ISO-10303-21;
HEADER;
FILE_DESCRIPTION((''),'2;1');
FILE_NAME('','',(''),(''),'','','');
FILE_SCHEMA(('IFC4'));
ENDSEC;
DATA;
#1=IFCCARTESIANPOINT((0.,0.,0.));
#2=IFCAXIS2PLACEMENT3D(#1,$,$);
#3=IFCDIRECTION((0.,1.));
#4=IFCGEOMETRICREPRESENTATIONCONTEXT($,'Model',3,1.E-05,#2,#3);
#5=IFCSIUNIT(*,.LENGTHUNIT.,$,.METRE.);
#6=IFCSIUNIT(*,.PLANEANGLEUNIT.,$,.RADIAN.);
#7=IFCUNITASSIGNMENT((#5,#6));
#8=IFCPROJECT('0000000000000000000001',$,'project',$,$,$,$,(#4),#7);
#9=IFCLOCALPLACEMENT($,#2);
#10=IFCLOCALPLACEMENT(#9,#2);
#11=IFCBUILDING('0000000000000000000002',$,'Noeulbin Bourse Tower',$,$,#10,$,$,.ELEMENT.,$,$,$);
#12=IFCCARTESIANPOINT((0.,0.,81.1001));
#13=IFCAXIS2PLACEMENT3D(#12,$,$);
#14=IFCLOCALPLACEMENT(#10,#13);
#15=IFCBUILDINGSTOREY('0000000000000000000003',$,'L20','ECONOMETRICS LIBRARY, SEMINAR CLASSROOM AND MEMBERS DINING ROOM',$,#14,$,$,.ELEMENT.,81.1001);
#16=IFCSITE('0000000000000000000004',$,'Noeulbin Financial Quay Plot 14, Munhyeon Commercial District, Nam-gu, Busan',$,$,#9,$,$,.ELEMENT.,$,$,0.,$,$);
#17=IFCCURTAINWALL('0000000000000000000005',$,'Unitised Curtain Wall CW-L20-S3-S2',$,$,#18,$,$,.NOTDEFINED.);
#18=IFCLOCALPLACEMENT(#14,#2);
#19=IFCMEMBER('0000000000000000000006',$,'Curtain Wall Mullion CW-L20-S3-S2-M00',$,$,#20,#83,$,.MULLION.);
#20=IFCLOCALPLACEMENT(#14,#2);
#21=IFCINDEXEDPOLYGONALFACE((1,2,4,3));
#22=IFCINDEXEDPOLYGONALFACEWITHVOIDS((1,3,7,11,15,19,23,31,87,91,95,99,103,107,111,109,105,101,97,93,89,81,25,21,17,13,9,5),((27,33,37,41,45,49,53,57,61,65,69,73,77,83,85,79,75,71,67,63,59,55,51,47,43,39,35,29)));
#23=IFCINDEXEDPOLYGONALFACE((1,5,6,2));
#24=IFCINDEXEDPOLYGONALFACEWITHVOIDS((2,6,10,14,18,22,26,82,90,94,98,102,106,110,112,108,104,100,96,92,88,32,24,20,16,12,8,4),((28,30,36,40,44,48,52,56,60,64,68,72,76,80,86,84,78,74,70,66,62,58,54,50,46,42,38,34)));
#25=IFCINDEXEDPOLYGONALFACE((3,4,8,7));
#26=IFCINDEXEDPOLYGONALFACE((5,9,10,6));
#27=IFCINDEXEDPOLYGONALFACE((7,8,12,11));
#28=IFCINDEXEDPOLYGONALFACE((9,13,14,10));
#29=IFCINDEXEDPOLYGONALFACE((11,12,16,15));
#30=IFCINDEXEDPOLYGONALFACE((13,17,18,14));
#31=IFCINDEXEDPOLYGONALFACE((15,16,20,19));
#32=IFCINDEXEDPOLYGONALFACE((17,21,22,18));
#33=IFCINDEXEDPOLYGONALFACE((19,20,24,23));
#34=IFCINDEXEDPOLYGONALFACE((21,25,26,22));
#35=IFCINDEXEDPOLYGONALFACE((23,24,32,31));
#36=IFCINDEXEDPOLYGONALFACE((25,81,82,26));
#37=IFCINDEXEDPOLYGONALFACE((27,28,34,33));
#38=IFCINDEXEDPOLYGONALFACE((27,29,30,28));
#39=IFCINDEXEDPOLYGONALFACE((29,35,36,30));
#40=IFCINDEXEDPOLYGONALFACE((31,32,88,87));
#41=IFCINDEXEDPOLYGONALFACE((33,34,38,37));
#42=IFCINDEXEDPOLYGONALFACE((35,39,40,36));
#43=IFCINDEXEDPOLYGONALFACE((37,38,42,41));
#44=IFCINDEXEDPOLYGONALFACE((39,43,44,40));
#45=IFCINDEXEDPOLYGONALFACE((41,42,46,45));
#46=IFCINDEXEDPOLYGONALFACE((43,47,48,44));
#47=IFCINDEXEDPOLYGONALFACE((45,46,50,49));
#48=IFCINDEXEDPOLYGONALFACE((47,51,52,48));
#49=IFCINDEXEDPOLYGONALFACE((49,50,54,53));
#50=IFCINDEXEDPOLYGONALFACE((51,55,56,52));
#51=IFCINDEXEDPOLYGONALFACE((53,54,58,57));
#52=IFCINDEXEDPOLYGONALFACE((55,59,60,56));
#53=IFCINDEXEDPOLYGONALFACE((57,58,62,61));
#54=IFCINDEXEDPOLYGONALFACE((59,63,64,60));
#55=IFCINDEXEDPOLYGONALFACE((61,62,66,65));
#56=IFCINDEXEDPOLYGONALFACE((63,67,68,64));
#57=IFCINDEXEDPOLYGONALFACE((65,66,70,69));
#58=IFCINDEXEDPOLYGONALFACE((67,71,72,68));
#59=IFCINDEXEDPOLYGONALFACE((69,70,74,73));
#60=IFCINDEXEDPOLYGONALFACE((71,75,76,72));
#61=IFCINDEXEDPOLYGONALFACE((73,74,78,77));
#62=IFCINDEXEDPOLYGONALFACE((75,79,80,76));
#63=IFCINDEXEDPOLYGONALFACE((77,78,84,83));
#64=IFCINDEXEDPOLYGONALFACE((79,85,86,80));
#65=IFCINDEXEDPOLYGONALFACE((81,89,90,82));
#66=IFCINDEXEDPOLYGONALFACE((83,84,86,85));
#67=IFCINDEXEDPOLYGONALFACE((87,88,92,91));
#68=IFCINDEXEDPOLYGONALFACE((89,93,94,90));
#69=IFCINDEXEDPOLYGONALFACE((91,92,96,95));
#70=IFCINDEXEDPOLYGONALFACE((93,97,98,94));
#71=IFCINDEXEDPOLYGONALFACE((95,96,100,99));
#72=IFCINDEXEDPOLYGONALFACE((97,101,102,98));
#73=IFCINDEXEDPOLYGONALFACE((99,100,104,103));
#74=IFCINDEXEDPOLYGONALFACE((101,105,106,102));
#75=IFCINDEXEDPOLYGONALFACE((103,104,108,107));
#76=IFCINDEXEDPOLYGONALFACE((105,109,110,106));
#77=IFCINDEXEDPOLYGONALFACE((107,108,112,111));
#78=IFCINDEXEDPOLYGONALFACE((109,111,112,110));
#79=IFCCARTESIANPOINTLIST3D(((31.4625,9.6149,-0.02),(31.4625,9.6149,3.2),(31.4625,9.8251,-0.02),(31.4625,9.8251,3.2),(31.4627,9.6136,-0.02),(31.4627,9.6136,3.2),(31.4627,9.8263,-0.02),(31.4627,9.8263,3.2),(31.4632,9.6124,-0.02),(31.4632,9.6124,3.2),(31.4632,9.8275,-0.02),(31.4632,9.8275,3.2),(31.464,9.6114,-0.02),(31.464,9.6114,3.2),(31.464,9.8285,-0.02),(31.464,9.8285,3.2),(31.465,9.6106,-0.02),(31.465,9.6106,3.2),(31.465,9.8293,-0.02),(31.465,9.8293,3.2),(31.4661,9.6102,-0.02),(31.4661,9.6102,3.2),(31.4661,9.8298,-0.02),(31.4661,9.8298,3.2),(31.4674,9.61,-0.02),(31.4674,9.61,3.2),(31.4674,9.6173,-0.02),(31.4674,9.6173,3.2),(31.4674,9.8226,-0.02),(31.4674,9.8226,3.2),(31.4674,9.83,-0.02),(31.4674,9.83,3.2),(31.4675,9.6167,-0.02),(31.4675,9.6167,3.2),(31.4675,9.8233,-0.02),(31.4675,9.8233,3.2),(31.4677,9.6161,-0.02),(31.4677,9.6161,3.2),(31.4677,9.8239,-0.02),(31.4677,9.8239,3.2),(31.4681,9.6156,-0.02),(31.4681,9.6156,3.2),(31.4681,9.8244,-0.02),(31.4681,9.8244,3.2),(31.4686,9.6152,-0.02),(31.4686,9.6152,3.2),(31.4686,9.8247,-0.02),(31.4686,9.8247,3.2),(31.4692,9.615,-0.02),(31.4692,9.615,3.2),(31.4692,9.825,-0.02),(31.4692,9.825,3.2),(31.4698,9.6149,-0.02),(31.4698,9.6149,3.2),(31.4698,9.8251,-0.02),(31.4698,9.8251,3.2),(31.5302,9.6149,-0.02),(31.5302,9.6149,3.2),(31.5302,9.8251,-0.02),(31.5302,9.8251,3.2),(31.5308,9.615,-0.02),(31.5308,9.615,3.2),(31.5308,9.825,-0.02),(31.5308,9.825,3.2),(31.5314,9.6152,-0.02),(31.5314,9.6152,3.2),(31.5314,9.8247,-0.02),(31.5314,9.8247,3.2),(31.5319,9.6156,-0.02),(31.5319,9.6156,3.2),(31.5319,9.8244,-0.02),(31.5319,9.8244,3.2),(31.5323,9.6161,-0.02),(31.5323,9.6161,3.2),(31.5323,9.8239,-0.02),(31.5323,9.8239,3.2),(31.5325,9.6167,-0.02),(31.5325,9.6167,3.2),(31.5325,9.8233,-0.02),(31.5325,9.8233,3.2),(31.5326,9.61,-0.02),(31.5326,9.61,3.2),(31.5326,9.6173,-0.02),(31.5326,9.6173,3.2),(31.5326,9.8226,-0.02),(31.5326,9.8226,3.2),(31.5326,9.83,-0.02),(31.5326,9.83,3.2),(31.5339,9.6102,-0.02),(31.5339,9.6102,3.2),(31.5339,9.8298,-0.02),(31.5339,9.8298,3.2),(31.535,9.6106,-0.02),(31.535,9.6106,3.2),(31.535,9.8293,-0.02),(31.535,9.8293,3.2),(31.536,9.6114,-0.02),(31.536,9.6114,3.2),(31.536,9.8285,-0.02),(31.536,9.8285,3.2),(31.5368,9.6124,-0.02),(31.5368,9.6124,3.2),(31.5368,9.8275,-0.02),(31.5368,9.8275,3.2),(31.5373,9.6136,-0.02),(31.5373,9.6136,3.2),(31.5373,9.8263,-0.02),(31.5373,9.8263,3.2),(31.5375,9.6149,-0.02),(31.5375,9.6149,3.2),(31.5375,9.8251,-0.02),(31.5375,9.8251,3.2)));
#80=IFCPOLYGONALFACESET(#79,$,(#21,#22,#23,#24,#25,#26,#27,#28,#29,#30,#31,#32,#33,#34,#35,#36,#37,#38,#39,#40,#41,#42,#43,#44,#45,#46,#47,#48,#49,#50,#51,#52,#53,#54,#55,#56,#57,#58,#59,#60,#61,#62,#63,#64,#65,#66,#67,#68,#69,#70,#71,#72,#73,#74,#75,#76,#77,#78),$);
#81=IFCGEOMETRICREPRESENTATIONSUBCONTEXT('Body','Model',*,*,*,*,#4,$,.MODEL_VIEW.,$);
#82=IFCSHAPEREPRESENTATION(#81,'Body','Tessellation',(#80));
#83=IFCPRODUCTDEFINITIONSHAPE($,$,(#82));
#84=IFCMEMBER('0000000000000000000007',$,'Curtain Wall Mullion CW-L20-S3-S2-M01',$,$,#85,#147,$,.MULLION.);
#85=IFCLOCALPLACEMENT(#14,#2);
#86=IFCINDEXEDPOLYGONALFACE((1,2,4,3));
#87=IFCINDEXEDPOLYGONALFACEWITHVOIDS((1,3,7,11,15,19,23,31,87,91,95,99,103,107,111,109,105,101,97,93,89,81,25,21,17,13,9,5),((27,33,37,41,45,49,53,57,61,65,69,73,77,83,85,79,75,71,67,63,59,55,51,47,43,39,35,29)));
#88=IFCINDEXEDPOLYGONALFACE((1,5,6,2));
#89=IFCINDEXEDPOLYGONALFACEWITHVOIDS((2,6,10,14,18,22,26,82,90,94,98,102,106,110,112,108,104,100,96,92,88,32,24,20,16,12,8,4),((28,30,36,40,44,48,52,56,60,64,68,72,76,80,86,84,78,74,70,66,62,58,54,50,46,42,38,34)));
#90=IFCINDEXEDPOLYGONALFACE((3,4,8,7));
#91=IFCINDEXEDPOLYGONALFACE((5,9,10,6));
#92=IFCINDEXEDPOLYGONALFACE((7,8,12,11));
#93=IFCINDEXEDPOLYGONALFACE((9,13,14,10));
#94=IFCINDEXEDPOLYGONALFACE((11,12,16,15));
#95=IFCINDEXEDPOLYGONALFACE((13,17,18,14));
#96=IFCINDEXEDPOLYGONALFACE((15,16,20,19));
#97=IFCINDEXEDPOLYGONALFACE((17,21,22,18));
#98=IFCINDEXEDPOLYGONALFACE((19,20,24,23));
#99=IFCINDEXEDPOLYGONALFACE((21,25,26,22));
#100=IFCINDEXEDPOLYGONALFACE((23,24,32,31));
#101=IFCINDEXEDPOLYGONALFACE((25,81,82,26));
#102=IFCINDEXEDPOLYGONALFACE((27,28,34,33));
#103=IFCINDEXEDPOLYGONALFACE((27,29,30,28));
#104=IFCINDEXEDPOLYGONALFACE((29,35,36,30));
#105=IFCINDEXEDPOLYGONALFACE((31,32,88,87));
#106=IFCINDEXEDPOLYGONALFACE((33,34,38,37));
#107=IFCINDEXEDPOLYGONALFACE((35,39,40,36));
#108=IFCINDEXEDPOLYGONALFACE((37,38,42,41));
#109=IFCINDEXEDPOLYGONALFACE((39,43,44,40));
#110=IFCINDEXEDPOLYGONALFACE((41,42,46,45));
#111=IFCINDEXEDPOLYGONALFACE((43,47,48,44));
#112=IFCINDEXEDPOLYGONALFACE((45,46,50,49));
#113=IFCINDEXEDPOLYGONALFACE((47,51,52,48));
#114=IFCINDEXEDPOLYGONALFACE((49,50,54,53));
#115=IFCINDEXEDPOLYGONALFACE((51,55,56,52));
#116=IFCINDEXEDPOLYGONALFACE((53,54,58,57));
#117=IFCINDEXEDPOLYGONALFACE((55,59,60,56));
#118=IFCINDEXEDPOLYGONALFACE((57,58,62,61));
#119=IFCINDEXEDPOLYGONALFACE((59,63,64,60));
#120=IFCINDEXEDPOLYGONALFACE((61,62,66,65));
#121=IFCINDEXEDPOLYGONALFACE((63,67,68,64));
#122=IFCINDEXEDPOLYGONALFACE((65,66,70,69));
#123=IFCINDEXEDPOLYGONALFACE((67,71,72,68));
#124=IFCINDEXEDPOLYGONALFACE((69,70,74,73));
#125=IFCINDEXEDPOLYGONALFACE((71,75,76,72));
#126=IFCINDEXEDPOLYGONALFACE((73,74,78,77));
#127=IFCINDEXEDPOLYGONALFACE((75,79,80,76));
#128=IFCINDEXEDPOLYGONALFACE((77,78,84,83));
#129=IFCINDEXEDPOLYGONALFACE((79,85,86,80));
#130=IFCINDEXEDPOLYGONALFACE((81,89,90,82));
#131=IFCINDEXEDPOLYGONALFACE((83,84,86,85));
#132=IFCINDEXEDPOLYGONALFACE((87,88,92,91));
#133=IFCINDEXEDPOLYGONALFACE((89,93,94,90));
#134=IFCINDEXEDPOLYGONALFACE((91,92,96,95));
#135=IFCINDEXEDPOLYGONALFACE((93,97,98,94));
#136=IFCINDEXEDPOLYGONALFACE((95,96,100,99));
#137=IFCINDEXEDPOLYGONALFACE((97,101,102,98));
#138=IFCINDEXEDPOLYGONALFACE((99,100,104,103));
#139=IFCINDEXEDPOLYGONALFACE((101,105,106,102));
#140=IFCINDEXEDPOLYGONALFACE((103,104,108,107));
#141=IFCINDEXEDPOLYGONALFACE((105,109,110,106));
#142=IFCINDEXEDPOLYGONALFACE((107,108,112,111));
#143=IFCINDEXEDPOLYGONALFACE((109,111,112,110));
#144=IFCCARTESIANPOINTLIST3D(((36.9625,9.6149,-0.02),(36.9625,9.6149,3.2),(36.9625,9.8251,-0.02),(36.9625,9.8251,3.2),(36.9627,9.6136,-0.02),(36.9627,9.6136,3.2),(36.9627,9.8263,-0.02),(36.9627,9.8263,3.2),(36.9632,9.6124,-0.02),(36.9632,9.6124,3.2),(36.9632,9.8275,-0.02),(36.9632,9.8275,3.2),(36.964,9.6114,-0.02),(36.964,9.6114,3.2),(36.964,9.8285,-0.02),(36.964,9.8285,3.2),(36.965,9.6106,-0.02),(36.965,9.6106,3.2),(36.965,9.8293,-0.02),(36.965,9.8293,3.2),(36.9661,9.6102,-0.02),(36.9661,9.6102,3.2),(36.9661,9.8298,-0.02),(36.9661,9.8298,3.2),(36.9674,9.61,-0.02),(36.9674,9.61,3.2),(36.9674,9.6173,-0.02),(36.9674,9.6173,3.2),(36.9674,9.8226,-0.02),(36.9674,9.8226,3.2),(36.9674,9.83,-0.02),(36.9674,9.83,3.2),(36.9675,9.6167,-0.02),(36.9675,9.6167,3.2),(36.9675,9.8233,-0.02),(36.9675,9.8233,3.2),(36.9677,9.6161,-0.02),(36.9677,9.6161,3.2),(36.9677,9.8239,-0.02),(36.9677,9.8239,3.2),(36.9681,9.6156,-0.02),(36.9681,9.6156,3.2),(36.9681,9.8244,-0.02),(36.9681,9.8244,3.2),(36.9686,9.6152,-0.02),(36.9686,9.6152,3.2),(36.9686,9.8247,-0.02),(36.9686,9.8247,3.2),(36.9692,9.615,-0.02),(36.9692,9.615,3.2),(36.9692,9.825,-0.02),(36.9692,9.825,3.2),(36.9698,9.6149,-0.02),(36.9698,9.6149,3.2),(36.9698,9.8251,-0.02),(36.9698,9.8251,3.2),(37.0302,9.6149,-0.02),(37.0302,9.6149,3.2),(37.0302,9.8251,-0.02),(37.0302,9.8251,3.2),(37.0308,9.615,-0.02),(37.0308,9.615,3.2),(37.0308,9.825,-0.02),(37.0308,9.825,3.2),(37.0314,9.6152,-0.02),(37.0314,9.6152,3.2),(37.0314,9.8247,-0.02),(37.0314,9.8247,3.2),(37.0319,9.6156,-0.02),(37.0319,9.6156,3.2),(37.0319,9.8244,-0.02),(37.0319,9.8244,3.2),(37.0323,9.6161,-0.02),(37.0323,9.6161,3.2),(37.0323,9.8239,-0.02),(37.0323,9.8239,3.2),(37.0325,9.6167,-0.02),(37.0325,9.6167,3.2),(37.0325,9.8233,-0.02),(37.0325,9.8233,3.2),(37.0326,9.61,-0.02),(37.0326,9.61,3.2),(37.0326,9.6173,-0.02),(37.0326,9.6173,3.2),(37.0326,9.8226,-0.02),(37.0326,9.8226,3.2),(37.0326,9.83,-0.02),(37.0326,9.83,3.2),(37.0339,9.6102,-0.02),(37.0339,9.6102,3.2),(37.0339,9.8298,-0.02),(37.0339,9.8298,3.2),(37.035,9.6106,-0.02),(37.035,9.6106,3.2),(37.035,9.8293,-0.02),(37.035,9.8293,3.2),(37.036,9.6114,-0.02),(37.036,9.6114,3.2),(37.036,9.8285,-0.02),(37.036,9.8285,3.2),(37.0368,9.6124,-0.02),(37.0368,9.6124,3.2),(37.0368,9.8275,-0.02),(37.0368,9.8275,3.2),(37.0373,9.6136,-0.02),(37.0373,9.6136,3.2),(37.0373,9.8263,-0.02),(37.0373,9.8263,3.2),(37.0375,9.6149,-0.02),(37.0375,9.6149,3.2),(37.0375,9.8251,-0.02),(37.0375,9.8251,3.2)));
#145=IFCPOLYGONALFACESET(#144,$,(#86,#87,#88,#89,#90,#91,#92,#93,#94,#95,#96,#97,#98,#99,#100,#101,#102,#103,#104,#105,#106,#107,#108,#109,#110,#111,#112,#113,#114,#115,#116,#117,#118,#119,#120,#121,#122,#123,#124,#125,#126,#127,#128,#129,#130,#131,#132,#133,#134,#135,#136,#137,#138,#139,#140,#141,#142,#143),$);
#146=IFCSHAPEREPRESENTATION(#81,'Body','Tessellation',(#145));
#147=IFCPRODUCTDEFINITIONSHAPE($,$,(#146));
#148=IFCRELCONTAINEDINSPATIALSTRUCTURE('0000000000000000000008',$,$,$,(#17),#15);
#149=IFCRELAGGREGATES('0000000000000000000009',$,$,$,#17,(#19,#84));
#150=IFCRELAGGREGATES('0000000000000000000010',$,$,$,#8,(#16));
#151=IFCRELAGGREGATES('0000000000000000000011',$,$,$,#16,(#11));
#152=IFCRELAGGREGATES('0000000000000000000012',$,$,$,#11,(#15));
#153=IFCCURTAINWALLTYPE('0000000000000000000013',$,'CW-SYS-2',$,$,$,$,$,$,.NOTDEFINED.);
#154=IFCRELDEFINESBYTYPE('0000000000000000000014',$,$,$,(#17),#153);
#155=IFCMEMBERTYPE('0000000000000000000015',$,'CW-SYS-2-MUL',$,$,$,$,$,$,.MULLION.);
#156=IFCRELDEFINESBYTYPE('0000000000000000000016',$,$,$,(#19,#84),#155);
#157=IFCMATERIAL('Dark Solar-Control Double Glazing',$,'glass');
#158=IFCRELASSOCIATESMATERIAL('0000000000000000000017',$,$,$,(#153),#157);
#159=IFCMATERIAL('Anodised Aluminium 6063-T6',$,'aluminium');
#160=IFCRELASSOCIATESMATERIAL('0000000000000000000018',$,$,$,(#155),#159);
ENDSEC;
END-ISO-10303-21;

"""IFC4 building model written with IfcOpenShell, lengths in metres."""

from ifc_helpers import new_model, si_unit, direction, frame, origin, origin_2d, place, context, subcontext, project, spatial, hollow_rectangle, extrude, material, material_profile, profile_set, type_object, element, aggregate, save


model = new_model("IFC4")

# Units and contexts
model_context = context("Model", 3, precision=1e-05, world=origin(), true_north=direction((0.0, 1.0)))
body_context = subcontext(model_context, "Body", "Model", "MODEL_VIEW")
ifc_project = project(units=[si_unit("LENGTHUNIT", "METRE"), si_unit("PLANEANGLEUNIT", "RADIAN")], contexts=[model_context])

# Site, building, storey
site_placement = place(None, origin())
site = spatial("IfcSite", under=ifc_project, at=site_placement, Name="Noeulbin Financial Quay Plot 14, Munhyeon Commercial District, Nam-gu, Busan", CompositionType="ELEMENT", RefElevation=0.0)
building_placement = place(site_placement, origin())
building = spatial("IfcBuilding", under=site, at=building_placement, Name="Noeulbin Bourse Tower", CompositionType="ELEMENT")
storey_placement = place(building_placement, frame((0.0, 0.0, 81.1001)))
storey = spatial("IfcBuildingStorey", under=building, at=storey_placement, Name="L20", Description="ECONOMETRICS LIBRARY, SEMINAR CLASSROOM AND MEMBERS DINING ROOM", CompositionType="ELEMENT", Elevation=81.1001)

# Curtain wall, members
ifc_material_1 = material(Name="Dark Solar-Control Double Glazing", Category="glass")
curtain_wall_type = type_object("IfcCurtainWallType", Name="CW-SYS-2", PredefinedType="NOTDEFINED", material=ifc_material_1)
ifc_material_2 = material(Name="Anodised Aluminium 6063-T6", Category="aluminium")
ifc_material_profile_1 = material_profile(ifc_material_2, hollow_rectangle(XDim=0.075, YDim=0.22, WallThickness=0.0049, InnerFilletRadius=0.0024, OuterFilletRadius=0.0049, at=origin_2d()), Name="ALU-MULL-75x220x5", Category="LoadBearing")
ifc_profile_set_1 = profile_set([ifc_material_profile_1], Name="Anodised Aluminium 6063-T6")
member_type_1 = type_object("IfcMemberType", Name="CW-SYS-2-MUL", PredefinedType="MULLION", material=ifc_profile_set_1)
curtain_wall_1_placement = place(storey_placement, origin())
curtain_wall_1 = element("IfcCurtainWall", 1, at=curtain_wall_1_placement, inside=storey, type_object=curtain_wall_type, Name="Unitised Curtain Wall CW-L20-S3-S2", PredefinedType="NOTDEFINED")
member_1_placement = place(storey_placement, frame((31.5, 9.72, -0.02), z_axis=(0.0, 0.0, 1.0), x_axis=(1.0, 0.0, 0.0)))
member_1 = element("IfcMember", 2, at=member_1_placement, type_object=member_type_1, Name="Curtain Wall Mullion CW-L20-S3-S2-M00", PredefinedType="MULLION", context=body_context, shape_type="SweptSolid", body=[
    extrude(hollow_rectangle(XDim=0.075, YDim=0.22, WallThickness=0.0049, InnerFilletRadius=0.0024, OuterFilletRadius=0.0049, at=origin_2d()), origin(), (0.0, 0.0, 1.0), 3.22),
])
member_2_placement = place(storey_placement, frame((37.0, 9.72, -0.02), z_axis=(0.0, 0.0, 1.0), x_axis=(1.0, 0.0, 0.0)))
member_2 = element("IfcMember", 3, at=member_2_placement, type_object=member_type_1, Name="Curtain Wall Mullion CW-L20-S3-S2-M01", PredefinedType="MULLION", context=body_context, shape_type="SweptSolid", body=[
    extrude(hollow_rectangle(XDim=0.075, YDim=0.22, WallThickness=0.0049, InnerFilletRadius=0.0024, OuterFilletRadius=0.0049, at=origin_2d()), origin(), (0.0, 0.0, 1.0), 3.22),
])

aggregate(curtain_wall_1, [member_1, member_2])

save(model, "model.ifc")
